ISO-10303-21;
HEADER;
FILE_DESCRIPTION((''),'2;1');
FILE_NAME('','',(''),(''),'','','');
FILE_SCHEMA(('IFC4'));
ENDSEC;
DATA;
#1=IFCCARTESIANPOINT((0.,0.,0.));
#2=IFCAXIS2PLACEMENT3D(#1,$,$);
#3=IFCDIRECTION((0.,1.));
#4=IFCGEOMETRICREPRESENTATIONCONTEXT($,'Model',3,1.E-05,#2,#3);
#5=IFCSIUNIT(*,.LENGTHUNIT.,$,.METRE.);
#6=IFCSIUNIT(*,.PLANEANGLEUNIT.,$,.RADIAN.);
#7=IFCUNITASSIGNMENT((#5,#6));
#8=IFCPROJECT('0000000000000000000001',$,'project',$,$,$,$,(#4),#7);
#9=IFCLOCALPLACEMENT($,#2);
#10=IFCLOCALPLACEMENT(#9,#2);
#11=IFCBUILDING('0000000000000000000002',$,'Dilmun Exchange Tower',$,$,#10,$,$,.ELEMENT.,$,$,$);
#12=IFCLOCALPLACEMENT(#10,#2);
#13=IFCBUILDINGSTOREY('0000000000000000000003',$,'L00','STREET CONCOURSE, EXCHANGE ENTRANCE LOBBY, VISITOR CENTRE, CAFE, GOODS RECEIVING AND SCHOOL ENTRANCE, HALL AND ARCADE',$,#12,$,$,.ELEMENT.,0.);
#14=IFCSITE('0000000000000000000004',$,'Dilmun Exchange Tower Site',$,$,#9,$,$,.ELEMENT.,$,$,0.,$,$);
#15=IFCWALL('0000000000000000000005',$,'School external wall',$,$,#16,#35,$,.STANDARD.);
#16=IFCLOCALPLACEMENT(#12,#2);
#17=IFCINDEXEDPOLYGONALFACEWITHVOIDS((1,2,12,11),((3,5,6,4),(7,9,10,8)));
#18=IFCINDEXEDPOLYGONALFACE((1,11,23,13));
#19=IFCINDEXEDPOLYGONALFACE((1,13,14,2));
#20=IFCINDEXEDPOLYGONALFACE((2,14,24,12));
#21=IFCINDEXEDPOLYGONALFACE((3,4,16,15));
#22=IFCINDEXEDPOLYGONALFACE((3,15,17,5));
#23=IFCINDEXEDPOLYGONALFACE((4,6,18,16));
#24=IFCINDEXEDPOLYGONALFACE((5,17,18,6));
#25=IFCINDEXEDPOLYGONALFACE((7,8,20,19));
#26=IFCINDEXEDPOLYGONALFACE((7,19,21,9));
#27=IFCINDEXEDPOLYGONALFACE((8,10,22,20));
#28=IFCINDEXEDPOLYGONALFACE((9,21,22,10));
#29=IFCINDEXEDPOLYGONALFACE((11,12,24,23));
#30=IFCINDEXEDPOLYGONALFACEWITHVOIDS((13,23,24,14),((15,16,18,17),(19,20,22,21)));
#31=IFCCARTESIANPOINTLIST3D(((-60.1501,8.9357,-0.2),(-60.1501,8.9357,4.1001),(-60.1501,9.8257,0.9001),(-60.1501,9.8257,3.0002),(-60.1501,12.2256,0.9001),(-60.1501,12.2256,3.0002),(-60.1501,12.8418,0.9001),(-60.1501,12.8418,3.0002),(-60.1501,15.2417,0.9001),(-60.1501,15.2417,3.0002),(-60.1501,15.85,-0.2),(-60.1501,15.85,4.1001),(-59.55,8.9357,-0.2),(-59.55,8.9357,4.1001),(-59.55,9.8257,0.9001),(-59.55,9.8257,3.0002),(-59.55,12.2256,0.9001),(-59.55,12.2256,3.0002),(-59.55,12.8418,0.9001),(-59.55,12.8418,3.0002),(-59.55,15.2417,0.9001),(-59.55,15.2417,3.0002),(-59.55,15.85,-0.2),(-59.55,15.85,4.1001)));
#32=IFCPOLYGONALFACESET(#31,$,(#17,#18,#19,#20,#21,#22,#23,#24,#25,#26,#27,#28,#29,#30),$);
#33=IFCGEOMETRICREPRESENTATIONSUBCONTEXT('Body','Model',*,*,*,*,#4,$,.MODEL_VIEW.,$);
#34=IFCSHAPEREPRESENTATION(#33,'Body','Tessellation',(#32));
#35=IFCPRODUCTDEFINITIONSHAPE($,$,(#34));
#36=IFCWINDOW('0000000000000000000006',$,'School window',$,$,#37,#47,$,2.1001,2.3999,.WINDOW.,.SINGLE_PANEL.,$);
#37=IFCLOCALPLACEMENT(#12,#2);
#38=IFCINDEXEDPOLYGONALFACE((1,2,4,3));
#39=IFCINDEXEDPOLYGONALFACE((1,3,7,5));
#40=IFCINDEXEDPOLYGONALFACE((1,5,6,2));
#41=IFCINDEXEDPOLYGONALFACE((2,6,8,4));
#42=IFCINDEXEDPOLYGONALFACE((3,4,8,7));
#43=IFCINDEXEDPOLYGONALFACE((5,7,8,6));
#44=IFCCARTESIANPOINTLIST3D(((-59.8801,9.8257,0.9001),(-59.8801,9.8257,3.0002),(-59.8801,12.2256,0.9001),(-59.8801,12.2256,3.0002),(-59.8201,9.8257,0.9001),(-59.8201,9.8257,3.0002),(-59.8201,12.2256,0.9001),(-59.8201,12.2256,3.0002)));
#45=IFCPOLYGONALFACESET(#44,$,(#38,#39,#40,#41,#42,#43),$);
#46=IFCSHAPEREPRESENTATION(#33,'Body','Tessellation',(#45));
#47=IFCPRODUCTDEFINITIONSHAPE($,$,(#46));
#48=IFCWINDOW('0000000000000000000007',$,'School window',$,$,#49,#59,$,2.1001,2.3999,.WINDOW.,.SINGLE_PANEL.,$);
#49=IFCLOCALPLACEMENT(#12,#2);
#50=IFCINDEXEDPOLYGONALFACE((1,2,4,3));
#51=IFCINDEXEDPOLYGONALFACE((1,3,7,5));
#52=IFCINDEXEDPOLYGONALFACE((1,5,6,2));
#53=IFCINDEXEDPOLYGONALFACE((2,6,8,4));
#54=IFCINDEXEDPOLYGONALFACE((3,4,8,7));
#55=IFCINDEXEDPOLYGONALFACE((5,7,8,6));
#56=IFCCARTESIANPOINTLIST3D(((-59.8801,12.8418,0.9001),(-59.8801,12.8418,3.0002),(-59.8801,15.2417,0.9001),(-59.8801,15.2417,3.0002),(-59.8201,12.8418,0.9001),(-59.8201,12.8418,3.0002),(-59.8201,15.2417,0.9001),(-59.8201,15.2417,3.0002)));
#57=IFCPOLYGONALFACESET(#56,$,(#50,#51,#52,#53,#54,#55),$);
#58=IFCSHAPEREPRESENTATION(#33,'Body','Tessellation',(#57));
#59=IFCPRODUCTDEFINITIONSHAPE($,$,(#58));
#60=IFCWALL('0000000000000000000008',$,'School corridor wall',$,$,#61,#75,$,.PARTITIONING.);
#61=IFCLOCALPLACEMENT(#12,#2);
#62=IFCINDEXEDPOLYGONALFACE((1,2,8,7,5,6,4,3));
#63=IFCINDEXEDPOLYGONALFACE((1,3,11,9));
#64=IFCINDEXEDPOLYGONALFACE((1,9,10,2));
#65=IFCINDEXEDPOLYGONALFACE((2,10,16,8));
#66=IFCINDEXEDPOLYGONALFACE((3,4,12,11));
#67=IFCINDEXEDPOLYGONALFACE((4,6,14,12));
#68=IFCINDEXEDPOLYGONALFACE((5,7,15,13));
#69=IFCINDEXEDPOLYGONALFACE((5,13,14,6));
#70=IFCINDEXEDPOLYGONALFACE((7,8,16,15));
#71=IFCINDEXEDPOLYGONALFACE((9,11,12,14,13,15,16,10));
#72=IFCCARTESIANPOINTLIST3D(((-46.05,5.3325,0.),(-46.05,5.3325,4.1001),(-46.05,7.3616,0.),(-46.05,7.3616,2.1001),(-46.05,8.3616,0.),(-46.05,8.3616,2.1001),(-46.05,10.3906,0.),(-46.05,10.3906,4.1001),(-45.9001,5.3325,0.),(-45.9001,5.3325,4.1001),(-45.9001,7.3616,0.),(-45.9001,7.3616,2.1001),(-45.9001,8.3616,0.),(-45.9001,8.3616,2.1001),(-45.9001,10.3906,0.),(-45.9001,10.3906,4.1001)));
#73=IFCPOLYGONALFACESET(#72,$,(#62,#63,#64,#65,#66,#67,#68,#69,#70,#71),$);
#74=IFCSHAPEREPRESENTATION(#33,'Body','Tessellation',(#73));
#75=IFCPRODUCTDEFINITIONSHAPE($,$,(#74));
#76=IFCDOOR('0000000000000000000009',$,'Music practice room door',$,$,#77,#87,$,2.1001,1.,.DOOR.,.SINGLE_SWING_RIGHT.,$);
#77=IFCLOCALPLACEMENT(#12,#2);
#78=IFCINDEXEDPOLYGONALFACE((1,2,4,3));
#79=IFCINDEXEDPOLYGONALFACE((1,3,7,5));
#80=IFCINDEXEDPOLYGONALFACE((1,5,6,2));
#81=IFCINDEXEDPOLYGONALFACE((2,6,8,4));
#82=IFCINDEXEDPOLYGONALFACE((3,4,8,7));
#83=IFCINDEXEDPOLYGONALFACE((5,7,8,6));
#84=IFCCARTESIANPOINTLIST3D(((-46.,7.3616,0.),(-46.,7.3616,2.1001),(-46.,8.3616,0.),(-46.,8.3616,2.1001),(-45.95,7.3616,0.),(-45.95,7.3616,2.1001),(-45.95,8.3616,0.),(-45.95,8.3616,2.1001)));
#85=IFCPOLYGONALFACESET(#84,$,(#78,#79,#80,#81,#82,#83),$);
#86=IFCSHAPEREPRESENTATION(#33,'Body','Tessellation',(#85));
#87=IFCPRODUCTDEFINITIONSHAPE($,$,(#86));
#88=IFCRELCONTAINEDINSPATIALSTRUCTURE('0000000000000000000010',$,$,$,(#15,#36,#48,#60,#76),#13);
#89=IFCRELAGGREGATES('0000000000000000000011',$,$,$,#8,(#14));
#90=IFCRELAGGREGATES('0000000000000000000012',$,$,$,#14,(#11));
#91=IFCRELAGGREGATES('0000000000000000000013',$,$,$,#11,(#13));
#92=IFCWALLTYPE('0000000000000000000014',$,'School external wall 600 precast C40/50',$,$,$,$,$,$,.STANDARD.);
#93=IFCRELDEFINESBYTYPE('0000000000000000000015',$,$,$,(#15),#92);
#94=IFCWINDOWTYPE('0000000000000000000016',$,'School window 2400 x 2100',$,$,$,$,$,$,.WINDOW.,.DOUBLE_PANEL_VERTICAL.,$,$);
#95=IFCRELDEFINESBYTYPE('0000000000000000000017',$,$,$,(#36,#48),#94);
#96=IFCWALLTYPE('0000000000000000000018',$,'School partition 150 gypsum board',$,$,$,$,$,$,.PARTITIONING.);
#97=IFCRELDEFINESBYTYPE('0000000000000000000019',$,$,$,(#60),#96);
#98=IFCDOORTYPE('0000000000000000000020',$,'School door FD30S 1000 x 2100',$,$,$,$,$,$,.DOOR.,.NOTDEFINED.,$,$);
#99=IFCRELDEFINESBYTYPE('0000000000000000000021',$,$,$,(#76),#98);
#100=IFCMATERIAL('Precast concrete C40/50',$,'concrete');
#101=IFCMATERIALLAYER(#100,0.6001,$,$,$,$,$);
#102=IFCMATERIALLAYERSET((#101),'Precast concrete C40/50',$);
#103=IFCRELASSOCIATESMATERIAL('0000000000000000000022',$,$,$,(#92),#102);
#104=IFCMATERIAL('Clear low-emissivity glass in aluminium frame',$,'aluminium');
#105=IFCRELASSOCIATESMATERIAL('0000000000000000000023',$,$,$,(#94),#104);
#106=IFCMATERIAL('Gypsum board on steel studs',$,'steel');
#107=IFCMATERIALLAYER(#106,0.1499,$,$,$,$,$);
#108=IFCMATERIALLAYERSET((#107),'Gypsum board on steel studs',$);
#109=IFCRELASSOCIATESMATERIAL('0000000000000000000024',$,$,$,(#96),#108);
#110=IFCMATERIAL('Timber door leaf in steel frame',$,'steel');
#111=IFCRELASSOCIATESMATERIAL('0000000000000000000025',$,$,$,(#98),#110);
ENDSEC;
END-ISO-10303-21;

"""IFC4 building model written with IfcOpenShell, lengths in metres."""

from ifc_helpers import new_model, si_unit, direction, frame, frame_2d, origin, place, context, subcontext, project, spatial, rectangle, extrude, material, layer, layer_set, type_object, element, fill, save


model = new_model("IFC4")

# Units and contexts
model_context = context("Model", 3, precision=1e-05, world=origin(), true_north=direction((0.0, 1.0)))
body_context = subcontext(model_context, "Body", "Model", "MODEL_VIEW")
ifc_project = project(units=[si_unit("LENGTHUNIT", "METRE"), si_unit("PLANEANGLEUNIT", "RADIAN")], contexts=[model_context])

# Site, building, storey
site_placement = place(None, origin())
site = spatial("IfcSite", under=ifc_project, at=site_placement, Name="Dilmun Exchange Tower Site", CompositionType="ELEMENT", RefElevation=0.0)
building_placement = place(site_placement, origin())
building = spatial("IfcBuilding", under=site, at=building_placement, Name="Dilmun Exchange Tower", CompositionType="ELEMENT")
storey_placement = place(building_placement, origin())
storey = spatial("IfcBuildingStorey", under=building, at=storey_placement, Name="L00", Description="STREET CONCOURSE, EXCHANGE ENTRANCE LOBBY, VISITOR CENTRE, CAFE, GOODS RECEIVING AND SCHOOL ENTRANCE, HALL AND ARCADE", CompositionType="ELEMENT", Elevation=0.0)

# Wall, openings, windows
ifc_material_1 = material(Name="Precast concrete C40/50", Category="concrete")
ifc_layer_1 = layer(ifc_material_1, 0.6001)
ifc_layer_set_1 = layer_set([ifc_layer_1], Name="Precast concrete C40/50")
wall_type_1 = type_object("IfcWallType", Name="School external wall 600 precast C40/50", PredefinedType="STANDARD", material=ifc_layer_set_1)
ifc_material_2 = material(Name="Clear low-emissivity glass in aluminium frame", Category="aluminium")
window_type = type_object("IfcWindowType", Name="School window 2400 x 2100", PartitioningType="DOUBLE_PANEL_VERTICAL", PredefinedType="WINDOW", material=ifc_material_2)
wall_1_placement = place(storey_placement, frame((-59.8501, 8.9358, -0.2), z_axis=(0.0, 0.0, 1.0), x_axis=(0.0, 1.0, 0.0)))
wall_1 = element("IfcWall", 1, at=wall_1_placement, inside=storey, type_object=wall_type_1, Name="School external wall", PredefinedType="STANDARD", context=body_context, shape_type="SweptSolid", body=[
    extrude(rectangle(XDim=6.9143, YDim=0.6001, at=frame_2d((3.457, 0.0))), origin(), (0.0, 0.0, 1.0), 4.3),
])
opening_1_placement = place(wall_1_placement, frame((0.8899, 0.0, 1.1001)))
opening_1 = element("IfcOpeningElement", 2, at=opening_1_placement, cuts=wall_1, PredefinedType="OPENING", context=body_context, shape_type="SweptSolid", body=[
    extrude(rectangle(XDim=2.3999, YDim=2.1001, at=frame_2d((1.2, 1.05))), frame((0.0, 0.3101, 0.0), z_axis=(0.0, -1.0, 0.0), x_axis=(1.0, 0.0, 0.0)), (0.0, 0.0, 1.0), 0.6201),
])
opening_2_placement = place(wall_1_placement, frame((3.906, 0.0, 1.1001)))
opening_2 = element("IfcOpeningElement", 3, at=opening_2_placement, cuts=wall_1, PredefinedType="OPENING", context=body_context, shape_type="SweptSolid", body=[
    extrude(rectangle(XDim=2.3999, YDim=2.1001, at=frame_2d((1.2, 1.05))), frame((0.0, 0.3101, 0.0), z_axis=(0.0, -1.0, 0.0), x_axis=(1.0, 0.0, 0.0)), (0.0, 0.0, 1.0), 0.6201),
])
window_1_placement = place(opening_1_placement, origin())
window_1 = element("IfcWindow", 4, at=window_1_placement, inside=storey, type_object=window_type, Name="School window", OverallHeight=2.1001, OverallWidth=2.3999, PartitioningType="SINGLE_PANEL", PredefinedType="WINDOW", context=body_context, shape_type="SweptSolid", body=[
    extrude(rectangle(XDim=2.3999, YDim=2.1001, at=frame_2d((1.2, 1.05))), frame((0.0, 0.03, 0.0), z_axis=(0.0, -1.0, 0.0), x_axis=(1.0, 0.0, 0.0)), (0.0, 0.0, 1.0), 0.0601),
])
fill(opening_1, window_1)
window_2_placement = place(opening_2_placement, origin())
window_2 = element("IfcWindow", 5, at=window_2_placement, inside=storey, type_object=window_type, Name="School window", OverallHeight=2.1001, OverallWidth=2.3999, PartitioningType="SINGLE_PANEL", PredefinedType="WINDOW", context=body_context, shape_type="SweptSolid", body=[
    extrude(rectangle(XDim=2.3999, YDim=2.1001, at=frame_2d((1.2, 1.05))), frame((0.0, 0.03, 0.0), z_axis=(0.0, -1.0, 0.0), x_axis=(1.0, 0.0, 0.0)), (0.0, 0.0, 1.0), 0.0601),
])
fill(opening_2, window_2)

# Wall, opening, door
ifc_material_3 = material(Name="Gypsum board on steel studs", Category="steel")
ifc_layer_2 = layer(ifc_material_3, 0.1499)
ifc_layer_set_2 = layer_set([ifc_layer_2], Name="Gypsum board on steel studs")
wall_type_2 = type_object("IfcWallType", Name="School partition 150 gypsum board", PredefinedType="PARTITIONING", material=ifc_layer_set_2)
wall_2_placement = place(storey_placement, frame((-45.9751, 5.3325, 0.0), z_axis=(0.0, 0.0, 1.0), x_axis=(0.0, 1.0, 0.0)))
wall_2 = element("IfcWall", 6, at=wall_2_placement, inside=storey, type_object=wall_type_2, Name="School corridor wall", PredefinedType="PARTITIONING", context=body_context, shape_type="SweptSolid", body=[
    extrude(rectangle(XDim=5.0581, YDim=0.1499, at=frame_2d((2.5291, 0.0))), origin(), (0.0, 0.0, 1.0), 4.1001),
])
opening_3_placement = place(wall_2_placement, frame((2.0291, 0.0, 0.0)))
opening_3 = element("IfcOpeningElement", 7, at=opening_3_placement, cuts=wall_2, PredefinedType="OPENING", context=body_context, shape_type="SweptSolid", body=[
    extrude(rectangle(XDim=1.0, YDim=2.1001, at=frame_2d((0.5, 1.05))), frame((0.0, 0.085, 0.0), z_axis=(0.0, -1.0, 0.0), x_axis=(1.0, 0.0, 0.0)), (0.0, 0.0, 1.0), 0.1699),
])
ifc_material_4 = material(Name="Timber door leaf in steel frame", Category="steel")
door_type = type_object("IfcDoorType", Name="School door FD30S 1000 x 2100", OperationType="NOTDEFINED", PredefinedType="DOOR", material=ifc_material_4)
door_placement = place(opening_3_placement, origin())
door = element("IfcDoor", 8, at=door_placement, inside=storey, type_object=door_type, Name="Music practice room door", OperationType="SINGLE_SWING_RIGHT", OverallHeight=2.1001, OverallWidth=1.0, PredefinedType="DOOR", context=body_context, shape_type="SweptSolid", body=[
    extrude(rectangle(XDim=1.0, YDim=2.1001, at=frame_2d((0.5, 1.05))), frame((0.0, 0.0249, 0.0), z_axis=(0.0, -1.0, 0.0), x_axis=(1.0, 0.0, 0.0)), (0.0, 0.0, 1.0), 0.05),
])
fill(opening_3, door)

save(model, "model.ifc")
